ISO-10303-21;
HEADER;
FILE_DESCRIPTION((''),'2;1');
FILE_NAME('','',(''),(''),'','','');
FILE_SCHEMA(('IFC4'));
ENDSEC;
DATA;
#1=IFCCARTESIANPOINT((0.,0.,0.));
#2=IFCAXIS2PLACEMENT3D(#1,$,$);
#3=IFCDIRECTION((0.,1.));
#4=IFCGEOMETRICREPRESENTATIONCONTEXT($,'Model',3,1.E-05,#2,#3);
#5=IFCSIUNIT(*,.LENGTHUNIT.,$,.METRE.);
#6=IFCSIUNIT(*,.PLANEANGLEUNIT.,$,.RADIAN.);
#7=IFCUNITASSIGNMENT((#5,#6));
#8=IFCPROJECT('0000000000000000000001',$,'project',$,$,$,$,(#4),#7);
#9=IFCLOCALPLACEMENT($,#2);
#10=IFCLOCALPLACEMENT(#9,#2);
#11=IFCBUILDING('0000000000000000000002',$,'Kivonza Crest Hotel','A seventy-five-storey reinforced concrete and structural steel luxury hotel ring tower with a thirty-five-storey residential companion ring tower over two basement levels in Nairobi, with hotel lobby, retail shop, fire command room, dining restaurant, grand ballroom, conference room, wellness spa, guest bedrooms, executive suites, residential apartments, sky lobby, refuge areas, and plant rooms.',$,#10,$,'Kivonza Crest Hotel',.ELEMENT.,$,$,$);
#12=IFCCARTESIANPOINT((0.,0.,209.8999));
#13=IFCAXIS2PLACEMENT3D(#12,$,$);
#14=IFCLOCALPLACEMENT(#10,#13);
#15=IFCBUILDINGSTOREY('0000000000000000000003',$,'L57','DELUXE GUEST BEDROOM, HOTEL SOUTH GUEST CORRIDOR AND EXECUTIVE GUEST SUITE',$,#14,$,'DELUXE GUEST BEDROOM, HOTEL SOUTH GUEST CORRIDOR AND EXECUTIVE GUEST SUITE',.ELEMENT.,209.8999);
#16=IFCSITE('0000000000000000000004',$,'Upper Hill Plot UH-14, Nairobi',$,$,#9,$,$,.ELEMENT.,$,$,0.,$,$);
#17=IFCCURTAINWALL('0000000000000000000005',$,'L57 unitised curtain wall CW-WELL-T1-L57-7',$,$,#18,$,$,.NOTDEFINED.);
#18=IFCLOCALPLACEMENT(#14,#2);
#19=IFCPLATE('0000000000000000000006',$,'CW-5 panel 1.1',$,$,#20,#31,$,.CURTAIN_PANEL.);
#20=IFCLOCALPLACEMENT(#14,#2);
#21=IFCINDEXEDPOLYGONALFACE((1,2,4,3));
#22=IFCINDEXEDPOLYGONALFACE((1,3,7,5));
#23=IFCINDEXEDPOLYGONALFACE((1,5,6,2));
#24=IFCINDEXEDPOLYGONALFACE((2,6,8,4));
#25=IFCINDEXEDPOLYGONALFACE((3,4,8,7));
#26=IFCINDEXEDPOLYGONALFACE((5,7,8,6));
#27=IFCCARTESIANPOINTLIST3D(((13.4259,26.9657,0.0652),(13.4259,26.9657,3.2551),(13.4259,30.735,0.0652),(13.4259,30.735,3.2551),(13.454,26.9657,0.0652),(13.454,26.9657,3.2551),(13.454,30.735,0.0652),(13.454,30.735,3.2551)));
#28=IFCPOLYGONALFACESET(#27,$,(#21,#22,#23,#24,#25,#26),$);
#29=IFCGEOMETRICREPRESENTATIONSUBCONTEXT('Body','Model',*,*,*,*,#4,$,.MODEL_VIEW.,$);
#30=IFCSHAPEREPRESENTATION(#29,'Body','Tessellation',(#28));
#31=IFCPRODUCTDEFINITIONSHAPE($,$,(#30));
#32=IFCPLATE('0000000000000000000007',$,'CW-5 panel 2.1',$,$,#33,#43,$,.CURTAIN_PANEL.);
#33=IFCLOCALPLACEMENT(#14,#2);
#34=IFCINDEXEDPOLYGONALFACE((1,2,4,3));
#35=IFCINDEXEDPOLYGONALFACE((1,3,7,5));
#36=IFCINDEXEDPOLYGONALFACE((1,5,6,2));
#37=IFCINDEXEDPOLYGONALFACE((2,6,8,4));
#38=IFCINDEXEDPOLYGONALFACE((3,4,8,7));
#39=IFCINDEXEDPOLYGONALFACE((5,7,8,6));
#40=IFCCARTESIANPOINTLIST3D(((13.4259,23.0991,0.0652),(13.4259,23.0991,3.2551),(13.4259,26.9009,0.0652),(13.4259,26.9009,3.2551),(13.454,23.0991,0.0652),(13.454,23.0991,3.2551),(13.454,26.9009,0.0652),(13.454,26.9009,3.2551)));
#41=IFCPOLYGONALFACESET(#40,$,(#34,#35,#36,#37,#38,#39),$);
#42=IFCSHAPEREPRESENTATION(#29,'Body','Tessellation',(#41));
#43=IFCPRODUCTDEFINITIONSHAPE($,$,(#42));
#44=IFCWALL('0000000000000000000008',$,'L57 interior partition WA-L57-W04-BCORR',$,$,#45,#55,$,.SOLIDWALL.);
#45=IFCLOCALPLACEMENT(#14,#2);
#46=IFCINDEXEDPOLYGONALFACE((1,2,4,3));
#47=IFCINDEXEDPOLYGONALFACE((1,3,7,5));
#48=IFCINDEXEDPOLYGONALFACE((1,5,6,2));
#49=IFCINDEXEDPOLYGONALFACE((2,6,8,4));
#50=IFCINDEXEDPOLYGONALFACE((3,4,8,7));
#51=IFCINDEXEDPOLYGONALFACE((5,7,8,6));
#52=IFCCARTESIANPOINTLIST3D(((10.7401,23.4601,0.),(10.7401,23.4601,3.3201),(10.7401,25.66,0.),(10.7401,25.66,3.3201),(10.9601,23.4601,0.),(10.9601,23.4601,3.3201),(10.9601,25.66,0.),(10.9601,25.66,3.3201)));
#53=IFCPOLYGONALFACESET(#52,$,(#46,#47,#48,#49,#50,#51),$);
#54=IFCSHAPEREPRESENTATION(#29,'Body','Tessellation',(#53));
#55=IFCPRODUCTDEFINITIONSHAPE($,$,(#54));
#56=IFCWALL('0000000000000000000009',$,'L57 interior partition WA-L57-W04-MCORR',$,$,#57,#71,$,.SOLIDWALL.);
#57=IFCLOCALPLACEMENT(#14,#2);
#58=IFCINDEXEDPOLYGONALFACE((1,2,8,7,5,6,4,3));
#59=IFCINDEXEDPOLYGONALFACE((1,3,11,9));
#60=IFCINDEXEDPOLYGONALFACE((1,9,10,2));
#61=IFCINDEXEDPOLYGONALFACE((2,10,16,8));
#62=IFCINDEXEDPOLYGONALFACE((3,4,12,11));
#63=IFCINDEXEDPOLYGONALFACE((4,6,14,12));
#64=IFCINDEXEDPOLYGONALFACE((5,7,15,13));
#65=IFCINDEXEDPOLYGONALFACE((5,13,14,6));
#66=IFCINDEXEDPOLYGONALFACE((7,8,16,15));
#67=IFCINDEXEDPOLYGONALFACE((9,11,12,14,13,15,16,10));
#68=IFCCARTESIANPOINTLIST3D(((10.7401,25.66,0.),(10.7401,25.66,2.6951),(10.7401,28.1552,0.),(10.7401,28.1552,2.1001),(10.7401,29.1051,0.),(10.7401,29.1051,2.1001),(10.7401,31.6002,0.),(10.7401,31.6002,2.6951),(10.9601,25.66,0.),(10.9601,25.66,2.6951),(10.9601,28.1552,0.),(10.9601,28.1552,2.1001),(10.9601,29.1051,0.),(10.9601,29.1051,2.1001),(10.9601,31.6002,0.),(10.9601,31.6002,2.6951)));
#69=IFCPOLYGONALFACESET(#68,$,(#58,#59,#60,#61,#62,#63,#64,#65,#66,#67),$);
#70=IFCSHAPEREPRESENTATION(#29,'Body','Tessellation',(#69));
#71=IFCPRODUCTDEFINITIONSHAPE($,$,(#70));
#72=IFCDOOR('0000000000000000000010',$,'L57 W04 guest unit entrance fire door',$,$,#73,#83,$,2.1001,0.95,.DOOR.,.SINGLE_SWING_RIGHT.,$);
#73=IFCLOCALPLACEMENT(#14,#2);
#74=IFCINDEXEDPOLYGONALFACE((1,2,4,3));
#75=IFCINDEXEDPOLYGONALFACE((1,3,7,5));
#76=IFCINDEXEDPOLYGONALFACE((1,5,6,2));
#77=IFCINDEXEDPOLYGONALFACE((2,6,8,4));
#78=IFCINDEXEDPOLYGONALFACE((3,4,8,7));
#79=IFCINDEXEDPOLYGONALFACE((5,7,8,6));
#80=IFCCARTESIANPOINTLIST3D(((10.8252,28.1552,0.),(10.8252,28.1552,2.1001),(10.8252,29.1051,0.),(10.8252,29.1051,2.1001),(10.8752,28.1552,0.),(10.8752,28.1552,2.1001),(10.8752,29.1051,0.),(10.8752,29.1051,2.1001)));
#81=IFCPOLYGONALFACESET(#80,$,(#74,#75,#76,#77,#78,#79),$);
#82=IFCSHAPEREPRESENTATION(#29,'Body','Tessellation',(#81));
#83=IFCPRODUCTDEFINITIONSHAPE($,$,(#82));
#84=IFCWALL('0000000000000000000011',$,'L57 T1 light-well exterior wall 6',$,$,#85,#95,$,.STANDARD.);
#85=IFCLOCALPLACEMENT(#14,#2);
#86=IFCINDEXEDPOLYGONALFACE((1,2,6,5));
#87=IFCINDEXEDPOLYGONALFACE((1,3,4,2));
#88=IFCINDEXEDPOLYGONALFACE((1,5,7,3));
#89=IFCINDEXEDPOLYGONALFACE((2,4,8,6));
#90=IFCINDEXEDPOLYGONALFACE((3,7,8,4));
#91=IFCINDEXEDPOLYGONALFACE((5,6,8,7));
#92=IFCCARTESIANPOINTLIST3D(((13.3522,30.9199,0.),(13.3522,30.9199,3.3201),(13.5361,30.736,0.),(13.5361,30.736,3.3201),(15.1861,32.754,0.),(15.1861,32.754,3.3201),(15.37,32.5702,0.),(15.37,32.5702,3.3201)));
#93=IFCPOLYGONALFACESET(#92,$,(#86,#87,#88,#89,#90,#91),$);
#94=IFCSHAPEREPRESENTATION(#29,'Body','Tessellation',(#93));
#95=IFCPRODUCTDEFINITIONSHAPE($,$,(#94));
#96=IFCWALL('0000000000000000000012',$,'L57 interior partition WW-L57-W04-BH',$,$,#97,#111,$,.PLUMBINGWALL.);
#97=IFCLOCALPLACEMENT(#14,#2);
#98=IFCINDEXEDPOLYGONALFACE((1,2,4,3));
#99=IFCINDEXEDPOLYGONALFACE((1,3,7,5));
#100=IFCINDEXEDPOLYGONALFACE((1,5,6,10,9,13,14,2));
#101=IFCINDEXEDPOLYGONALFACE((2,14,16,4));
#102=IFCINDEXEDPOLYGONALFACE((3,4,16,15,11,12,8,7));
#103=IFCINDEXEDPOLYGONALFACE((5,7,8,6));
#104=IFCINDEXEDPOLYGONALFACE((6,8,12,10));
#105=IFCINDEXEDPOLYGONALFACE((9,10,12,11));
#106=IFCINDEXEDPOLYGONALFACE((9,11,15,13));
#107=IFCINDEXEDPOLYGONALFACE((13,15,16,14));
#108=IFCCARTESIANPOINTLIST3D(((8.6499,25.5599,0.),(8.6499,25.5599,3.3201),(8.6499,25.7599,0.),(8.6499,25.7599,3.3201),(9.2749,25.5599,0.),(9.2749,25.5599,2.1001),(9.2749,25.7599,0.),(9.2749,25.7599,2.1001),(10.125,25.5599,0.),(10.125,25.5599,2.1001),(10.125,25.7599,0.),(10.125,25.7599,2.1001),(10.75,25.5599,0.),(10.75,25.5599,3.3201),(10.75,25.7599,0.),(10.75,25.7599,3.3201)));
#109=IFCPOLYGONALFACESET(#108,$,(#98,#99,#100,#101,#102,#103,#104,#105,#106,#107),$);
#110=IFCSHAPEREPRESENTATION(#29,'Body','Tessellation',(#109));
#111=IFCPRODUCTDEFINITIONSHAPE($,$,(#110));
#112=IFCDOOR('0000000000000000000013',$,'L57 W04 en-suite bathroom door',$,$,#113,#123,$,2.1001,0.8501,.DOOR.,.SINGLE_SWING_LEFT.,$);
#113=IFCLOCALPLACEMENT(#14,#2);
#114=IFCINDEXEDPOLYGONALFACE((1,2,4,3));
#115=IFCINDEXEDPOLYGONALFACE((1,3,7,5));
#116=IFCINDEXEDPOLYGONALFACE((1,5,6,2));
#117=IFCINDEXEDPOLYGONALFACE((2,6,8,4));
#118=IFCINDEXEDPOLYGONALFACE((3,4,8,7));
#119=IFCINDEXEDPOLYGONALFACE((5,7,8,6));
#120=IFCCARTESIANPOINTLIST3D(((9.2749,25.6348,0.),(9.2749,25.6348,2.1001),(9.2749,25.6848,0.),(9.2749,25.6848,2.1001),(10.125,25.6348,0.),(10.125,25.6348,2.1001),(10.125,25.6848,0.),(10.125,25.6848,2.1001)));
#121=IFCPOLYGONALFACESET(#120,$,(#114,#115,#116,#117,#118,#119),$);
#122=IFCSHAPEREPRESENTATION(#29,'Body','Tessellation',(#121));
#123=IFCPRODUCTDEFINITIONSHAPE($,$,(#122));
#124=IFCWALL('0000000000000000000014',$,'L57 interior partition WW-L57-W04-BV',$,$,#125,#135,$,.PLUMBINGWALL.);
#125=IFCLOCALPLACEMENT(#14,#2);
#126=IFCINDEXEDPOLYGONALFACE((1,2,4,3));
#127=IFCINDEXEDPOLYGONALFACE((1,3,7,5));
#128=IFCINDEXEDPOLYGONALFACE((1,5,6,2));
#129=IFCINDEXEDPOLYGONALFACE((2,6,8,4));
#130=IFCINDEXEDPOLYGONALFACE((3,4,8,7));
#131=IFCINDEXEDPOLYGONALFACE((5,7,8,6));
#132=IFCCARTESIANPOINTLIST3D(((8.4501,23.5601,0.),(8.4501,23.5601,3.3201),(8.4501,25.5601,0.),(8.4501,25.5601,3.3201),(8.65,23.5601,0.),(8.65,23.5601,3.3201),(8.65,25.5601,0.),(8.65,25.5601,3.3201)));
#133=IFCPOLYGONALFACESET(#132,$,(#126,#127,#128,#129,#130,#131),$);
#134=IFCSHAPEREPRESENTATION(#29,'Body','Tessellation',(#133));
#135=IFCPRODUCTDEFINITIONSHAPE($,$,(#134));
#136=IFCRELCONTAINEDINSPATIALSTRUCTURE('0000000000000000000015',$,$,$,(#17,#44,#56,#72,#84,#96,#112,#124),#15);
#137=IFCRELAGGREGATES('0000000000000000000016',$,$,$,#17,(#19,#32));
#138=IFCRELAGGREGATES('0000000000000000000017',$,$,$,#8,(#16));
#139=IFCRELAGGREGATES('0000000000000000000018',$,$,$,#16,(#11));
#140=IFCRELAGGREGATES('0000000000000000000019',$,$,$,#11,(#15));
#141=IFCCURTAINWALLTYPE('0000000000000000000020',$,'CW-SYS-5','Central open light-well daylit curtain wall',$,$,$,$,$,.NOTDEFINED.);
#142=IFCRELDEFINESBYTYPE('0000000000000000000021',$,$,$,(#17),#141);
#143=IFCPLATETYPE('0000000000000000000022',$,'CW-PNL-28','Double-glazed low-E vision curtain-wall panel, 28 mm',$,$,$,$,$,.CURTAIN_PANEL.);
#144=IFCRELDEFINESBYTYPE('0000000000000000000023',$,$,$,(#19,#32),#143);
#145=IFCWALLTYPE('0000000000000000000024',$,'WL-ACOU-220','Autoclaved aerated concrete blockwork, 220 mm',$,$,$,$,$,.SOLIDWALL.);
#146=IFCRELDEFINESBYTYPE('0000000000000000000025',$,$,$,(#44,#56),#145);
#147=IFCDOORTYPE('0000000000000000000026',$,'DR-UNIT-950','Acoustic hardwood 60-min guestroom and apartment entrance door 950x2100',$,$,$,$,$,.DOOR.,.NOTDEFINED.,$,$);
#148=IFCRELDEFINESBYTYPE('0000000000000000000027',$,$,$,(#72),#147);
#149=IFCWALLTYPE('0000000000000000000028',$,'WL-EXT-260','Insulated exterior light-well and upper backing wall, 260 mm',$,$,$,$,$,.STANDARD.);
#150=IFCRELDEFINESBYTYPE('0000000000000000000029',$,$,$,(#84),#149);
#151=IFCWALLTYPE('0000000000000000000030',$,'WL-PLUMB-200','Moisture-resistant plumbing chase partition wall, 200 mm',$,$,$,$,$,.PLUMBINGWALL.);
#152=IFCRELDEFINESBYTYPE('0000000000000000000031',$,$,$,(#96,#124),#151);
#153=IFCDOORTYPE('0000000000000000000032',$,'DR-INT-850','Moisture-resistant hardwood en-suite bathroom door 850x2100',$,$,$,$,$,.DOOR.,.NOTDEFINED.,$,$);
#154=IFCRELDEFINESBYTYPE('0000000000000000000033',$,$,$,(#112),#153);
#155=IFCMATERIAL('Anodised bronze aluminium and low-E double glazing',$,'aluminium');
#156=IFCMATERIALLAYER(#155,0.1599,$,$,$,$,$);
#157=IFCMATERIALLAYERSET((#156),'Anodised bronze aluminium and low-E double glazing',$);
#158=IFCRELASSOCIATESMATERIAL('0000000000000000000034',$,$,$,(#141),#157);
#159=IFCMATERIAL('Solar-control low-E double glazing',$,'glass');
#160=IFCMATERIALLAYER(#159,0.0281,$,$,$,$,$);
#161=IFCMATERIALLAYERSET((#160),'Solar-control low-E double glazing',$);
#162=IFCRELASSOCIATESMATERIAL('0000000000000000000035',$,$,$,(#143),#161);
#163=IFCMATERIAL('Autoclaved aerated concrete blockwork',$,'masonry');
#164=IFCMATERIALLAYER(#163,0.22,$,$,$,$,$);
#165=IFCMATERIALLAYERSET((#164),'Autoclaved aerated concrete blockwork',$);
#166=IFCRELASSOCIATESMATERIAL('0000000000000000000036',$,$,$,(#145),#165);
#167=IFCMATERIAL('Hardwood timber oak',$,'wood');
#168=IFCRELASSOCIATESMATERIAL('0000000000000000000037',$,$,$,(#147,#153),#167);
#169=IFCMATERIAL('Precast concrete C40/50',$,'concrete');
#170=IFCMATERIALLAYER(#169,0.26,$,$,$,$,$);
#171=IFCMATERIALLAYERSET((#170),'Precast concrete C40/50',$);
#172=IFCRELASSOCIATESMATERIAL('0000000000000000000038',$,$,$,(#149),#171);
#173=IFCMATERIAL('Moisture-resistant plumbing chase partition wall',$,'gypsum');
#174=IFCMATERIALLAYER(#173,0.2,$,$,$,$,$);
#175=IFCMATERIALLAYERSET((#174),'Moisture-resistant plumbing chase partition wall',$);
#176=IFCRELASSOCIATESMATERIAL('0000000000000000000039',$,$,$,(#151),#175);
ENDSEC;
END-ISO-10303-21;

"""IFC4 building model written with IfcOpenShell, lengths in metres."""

from ifc_helpers import new_model, si_unit, direction, frame, frame_2d, origin, origin_2d, place, context, subcontext, project, spatial, rectangle, extrude, material, layer, layer_set, type_object, element, fill, aggregate, save


model = new_model("IFC4")

# Units and contexts
model_context = context("Model", 3, precision=1e-05, world=origin(), true_north=direction((0.0, 1.0)))
body_context = subcontext(model_context, "Body", "Model", "MODEL_VIEW")
ifc_project = project(units=[si_unit("LENGTHUNIT", "METRE"), si_unit("PLANEANGLEUNIT", "RADIAN")], contexts=[model_context])

# Site, building, storey
site_placement = place(None, origin())
site = spatial("IfcSite", under=ifc_project, at=site_placement, Name="Upper Hill Plot UH-14, Nairobi", CompositionType="ELEMENT", RefElevation=0.0)
building_placement = place(site_placement, origin())
building = spatial("IfcBuilding", under=site, at=building_placement, Name="Kivonza Crest Hotel", Description="A seventy-five-storey reinforced concrete and structural steel luxury hotel ring tower with a thirty-five-storey residential companion ring tower over two basement levels in Nairobi, with hotel lobby, retail shop, fire command room, dining restaurant, grand ballroom, conference room, wellness spa, guest bedrooms, executive suites, residential apartments, sky lobby, refuge areas, and plant rooms.", LongName="Kivonza Crest Hotel", CompositionType="ELEMENT")
storey_placement = place(building_placement, frame((0.0, 0.0, 209.8999)))
storey = spatial("IfcBuildingStorey", under=building, at=storey_placement, Name="L57", Description="DELUXE GUEST BEDROOM, HOTEL SOUTH GUEST CORRIDOR AND EXECUTIVE GUEST SUITE", LongName="DELUXE GUEST BEDROOM, HOTEL SOUTH GUEST CORRIDOR AND EXECUTIVE GUEST SUITE", CompositionType="ELEMENT", Elevation=209.8999)

# Curtain wall, plates
ifc_material_1 = material(Name="Anodised bronze aluminium and low-E double glazing", Category="aluminium")
ifc_layer_1 = layer(ifc_material_1, 0.1599)
ifc_layer_set_1 = layer_set([ifc_layer_1], Name="Anodised bronze aluminium and low-E double glazing")
curtain_wall_type = type_object("IfcCurtainWallType", Name="CW-SYS-5", Description="Central open light-well daylit curtain wall", PredefinedType="NOTDEFINED", material=ifc_layer_set_1)
curtain_wall_placement = place(storey_placement, origin())
curtain_wall = element("IfcCurtainWall", 1, at=curtain_wall_placement, inside=storey, type_object=curtain_wall_type, Name="L57 unitised curtain wall CW-WELL-T1-L57-7", PredefinedType="NOTDEFINED")
ifc_material_2 = material(Name="Solar-control low-E double glazing", Category="glass")
ifc_layer_2 = layer(ifc_material_2, 0.0281)
ifc_layer_set_2 = layer_set([ifc_layer_2], Name="Solar-control low-E double glazing")
plate_type = type_object("IfcPlateType", Name="CW-PNL-28", Description="Double-glazed low-E vision curtain-wall panel, 28 mm", PredefinedType="CURTAIN_PANEL", material=ifc_layer_set_2)
plate_1_placement = place(storey_placement, frame((13.4399, 28.8503, 0.0652), z_axis=(0.0, 0.0, 1.0), x_axis=(0.0, -1.0, 0.0)))
plate_1 = element("IfcPlate", 2, at=plate_1_placement, type_object=plate_type, Name="CW-5 panel 1.1", PredefinedType="CURTAIN_PANEL", context=body_context, shape_type="SweptSolid", body=[
    extrude(rectangle(XDim=3.7693, YDim=0.0281, at=origin_2d()), origin(), (0.0, 0.0, 1.0), 3.1899),
])
plate_2_placement = place(storey_placement, frame((13.4399, 25.0, 0.0652), z_axis=(0.0, 0.0, 1.0), x_axis=(0.0, -1.0, 0.0)))
plate_2 = element("IfcPlate", 3, at=plate_2_placement, type_object=plate_type, Name="CW-5 panel 2.1", PredefinedType="CURTAIN_PANEL", context=body_context, shape_type="SweptSolid", body=[
    extrude(rectangle(XDim=3.8018, YDim=0.0281, at=origin_2d()), origin(), (0.0, 0.0, 1.0), 3.1899),
])
aggregate(curtain_wall, [plate_1, plate_2])

# Wall
ifc_material_3 = material(Name="Autoclaved aerated concrete blockwork", Category="masonry")
ifc_layer_3 = layer(ifc_material_3, 0.22)
ifc_layer_set_3 = layer_set([ifc_layer_3], Name="Autoclaved aerated concrete blockwork")
wall_type_1 = type_object("IfcWallType", Name="WL-ACOU-220", Description="Autoclaved aerated concrete blockwork, 220 mm", PredefinedType="SOLIDWALL", material=ifc_layer_set_3)
wall_1_placement = place(storey_placement, frame((10.8501, 23.46, 0.0), z_axis=(0.0, 0.0, 1.0), x_axis=(0.0, 1.0, 0.0)))
element("IfcWall", 4, at=wall_1_placement, inside=storey, type_object=wall_type_1, Name="L57 interior partition WA-L57-W04-BCORR", PredefinedType="SOLIDWALL", context=body_context, shape_type="SweptSolid", body=[
    extrude(rectangle(XDim=2.2, YDim=0.22, at=frame_2d((1.1001, 0.0))), origin(), (0.0, 0.0, 1.0), 3.3201),
])

# Wall, opening, door
wall_2_placement = place(storey_placement, frame((10.8501, 25.6599, 0.0), z_axis=(0.0, 0.0, 1.0), x_axis=(0.0, 1.0, 0.0)))
wall_2 = element("IfcWall", 5, at=wall_2_placement, inside=storey, type_object=wall_type_1, Name="L57 interior partition WA-L57-W04-MCORR", PredefinedType="SOLIDWALL", context=body_context, shape_type="SweptSolid", body=[
    extrude(rectangle(XDim=5.9402, YDim=0.22, at=frame_2d((2.9702, 0.0))), origin(), (0.0, 0.0, 1.0), 2.6951),
])
opening_1_placement = place(wall_2_placement, frame((2.4951, 0.0, 0.0)))
opening_1 = element("IfcOpeningElement", 6, at=opening_1_placement, cuts=wall_2, PredefinedType="OPENING", context=body_context, shape_type="SweptSolid", body=[
    extrude(rectangle(XDim=0.95, YDim=2.1001, at=frame_2d((0.4751, 1.05))), frame((0.0, 0.1201, 0.0), z_axis=(0.0, -1.0, 0.0), x_axis=(1.0, 0.0, 0.0)), (0.0, 0.0, 1.0), 0.24),
])
ifc_material_4 = material(Name="Hardwood timber oak", Category="wood")
door_type_1 = type_object("IfcDoorType", Name="DR-UNIT-950", Description="Acoustic hardwood 60-min guestroom and apartment entrance door 950x2100", OperationType="NOTDEFINED", PredefinedType="DOOR", material=ifc_material_4)
door_1_placement = place(opening_1_placement, origin())
door_1 = element("IfcDoor", 7, at=door_1_placement, inside=storey, type_object=door_type_1, Name="L57 W04 guest unit entrance fire door", OperationType="SINGLE_SWING_RIGHT", OverallHeight=2.1001, OverallWidth=0.95, PredefinedType="DOOR", context=body_context, shape_type="SweptSolid", body=[
    extrude(rectangle(XDim=0.95, YDim=2.1001, at=frame_2d((0.4751, 1.05))), frame((0.0, 0.0249, 0.0), z_axis=(0.0, -1.0, 0.0), x_axis=(1.0, 0.0, 0.0)), (0.0, 0.0, 1.0), 0.05),
])
fill(opening_1, door_1)

# Wall
ifc_material_5 = material(Name="Precast concrete C40/50", Category="concrete")
ifc_layer_4 = layer(ifc_material_5, 0.26)
ifc_layer_set_4 = layer_set([ifc_layer_4], Name="Precast concrete C40/50")
wall_type_2 = type_object("IfcWallType", Name="WL-EXT-260", Description="Insulated exterior light-well and upper backing wall, 260 mm", PredefinedType="STANDARD", material=ifc_layer_set_4)
wall_3_placement = place(storey_placement, frame((15.2781, 32.6621, 0.0), z_axis=(0.0, 0.0, 1.0), x_axis=(-0.70706, -0.707154, 0.0)))
element("IfcWall", 8, at=wall_3_placement, inside=storey, type_object=wall_type_2, Name="L57 T1 light-well exterior wall 6", PredefinedType="STANDARD", context=body_context, shape_type="SweptSolid", body=[
    extrude(rectangle(XDim=2.5938, YDim=0.26, at=frame_2d((1.2969, 0.0))), origin(), (0.0, 0.0, 1.0), 3.3201),
])

# Wall, opening, door
ifc_material_6 = material(Name="Moisture-resistant plumbing chase partition wall", Category="gypsum")
ifc_layer_5 = layer(ifc_material_6, 0.2)
ifc_layer_set_5 = layer_set([ifc_layer_5], Name="Moisture-resistant plumbing chase partition wall")
wall_type_3 = type_object("IfcWallType", Name="WL-PLUMB-200", Description="Moisture-resistant plumbing chase partition wall, 200 mm", PredefinedType="PLUMBINGWALL", material=ifc_layer_set_5)
wall_4_placement = place(storey_placement, frame((8.6499, 25.6599, 0.0), z_axis=(0.0, 0.0, 1.0), x_axis=(1.0, 0.0, 0.0)))
wall_4 = element("IfcWall", 9, at=wall_4_placement, inside=storey, type_object=wall_type_3, Name="L57 interior partition WW-L57-W04-BH", PredefinedType="PLUMBINGWALL", context=body_context, shape_type="SweptSolid", body=[
    extrude(rectangle(XDim=2.1001, YDim=0.2, at=frame_2d((1.05, 0.0))), origin(), (0.0, 0.0, 1.0), 3.3201),
])
opening_2_placement = place(wall_4_placement, frame((0.625, 0.0, 0.0)))
opening_2 = element("IfcOpeningElement", 10, at=opening_2_placement, cuts=wall_4, PredefinedType="OPENING", context=body_context, shape_type="SweptSolid", body=[
    extrude(rectangle(XDim=0.8501, YDim=2.1001, at=frame_2d((0.425, 1.05))), frame((0.0, 0.1099, 0.0), z_axis=(0.0, -1.0, 0.0), x_axis=(1.0, 0.0, 0.0)), (0.0, 0.0, 1.0), 0.22),
])
door_type_2 = type_object("IfcDoorType", Name="DR-INT-850", Description="Moisture-resistant hardwood en-suite bathroom door 850x2100", OperationType="NOTDEFINED", PredefinedType="DOOR", material=ifc_material_4)
door_2_placement = place(opening_2_placement, origin())
door_2 = element("IfcDoor", 11, at=door_2_placement, inside=storey, type_object=door_type_2, Name="L57 W04 en-suite bathroom door", OperationType="SINGLE_SWING_LEFT", OverallHeight=2.1001, OverallWidth=0.8501, PredefinedType="DOOR", context=body_context, shape_type="SweptSolid", body=[
    extrude(rectangle(XDim=0.8501, YDim=2.1001, at=frame_2d((0.425, 1.05))), frame((0.0, 0.0249, 0.0), z_axis=(0.0, -1.0, 0.0), x_axis=(1.0, 0.0, 0.0)), (0.0, 0.0, 1.0), 0.05),
])
fill(opening_2, door_2)

# Wall
wall_5_placement = place(storey_placement, frame((8.55, 23.5601, 0.0), z_axis=(0.0, 0.0, 1.0), x_axis=(0.0, 1.0, 0.0)))
element("IfcWall", 12, at=wall_5_placement, inside=storey, type_object=wall_type_3, Name="L57 interior partition WW-L57-W04-BV", PredefinedType="PLUMBINGWALL", context=body_context, shape_type="SweptSolid", body=[
    extrude(rectangle(XDim=2.0, YDim=0.2, at=frame_2d((1.0, 0.0))), origin(), (0.0, 0.0, 1.0), 3.3201),
])

save(model, "model.ifc")
